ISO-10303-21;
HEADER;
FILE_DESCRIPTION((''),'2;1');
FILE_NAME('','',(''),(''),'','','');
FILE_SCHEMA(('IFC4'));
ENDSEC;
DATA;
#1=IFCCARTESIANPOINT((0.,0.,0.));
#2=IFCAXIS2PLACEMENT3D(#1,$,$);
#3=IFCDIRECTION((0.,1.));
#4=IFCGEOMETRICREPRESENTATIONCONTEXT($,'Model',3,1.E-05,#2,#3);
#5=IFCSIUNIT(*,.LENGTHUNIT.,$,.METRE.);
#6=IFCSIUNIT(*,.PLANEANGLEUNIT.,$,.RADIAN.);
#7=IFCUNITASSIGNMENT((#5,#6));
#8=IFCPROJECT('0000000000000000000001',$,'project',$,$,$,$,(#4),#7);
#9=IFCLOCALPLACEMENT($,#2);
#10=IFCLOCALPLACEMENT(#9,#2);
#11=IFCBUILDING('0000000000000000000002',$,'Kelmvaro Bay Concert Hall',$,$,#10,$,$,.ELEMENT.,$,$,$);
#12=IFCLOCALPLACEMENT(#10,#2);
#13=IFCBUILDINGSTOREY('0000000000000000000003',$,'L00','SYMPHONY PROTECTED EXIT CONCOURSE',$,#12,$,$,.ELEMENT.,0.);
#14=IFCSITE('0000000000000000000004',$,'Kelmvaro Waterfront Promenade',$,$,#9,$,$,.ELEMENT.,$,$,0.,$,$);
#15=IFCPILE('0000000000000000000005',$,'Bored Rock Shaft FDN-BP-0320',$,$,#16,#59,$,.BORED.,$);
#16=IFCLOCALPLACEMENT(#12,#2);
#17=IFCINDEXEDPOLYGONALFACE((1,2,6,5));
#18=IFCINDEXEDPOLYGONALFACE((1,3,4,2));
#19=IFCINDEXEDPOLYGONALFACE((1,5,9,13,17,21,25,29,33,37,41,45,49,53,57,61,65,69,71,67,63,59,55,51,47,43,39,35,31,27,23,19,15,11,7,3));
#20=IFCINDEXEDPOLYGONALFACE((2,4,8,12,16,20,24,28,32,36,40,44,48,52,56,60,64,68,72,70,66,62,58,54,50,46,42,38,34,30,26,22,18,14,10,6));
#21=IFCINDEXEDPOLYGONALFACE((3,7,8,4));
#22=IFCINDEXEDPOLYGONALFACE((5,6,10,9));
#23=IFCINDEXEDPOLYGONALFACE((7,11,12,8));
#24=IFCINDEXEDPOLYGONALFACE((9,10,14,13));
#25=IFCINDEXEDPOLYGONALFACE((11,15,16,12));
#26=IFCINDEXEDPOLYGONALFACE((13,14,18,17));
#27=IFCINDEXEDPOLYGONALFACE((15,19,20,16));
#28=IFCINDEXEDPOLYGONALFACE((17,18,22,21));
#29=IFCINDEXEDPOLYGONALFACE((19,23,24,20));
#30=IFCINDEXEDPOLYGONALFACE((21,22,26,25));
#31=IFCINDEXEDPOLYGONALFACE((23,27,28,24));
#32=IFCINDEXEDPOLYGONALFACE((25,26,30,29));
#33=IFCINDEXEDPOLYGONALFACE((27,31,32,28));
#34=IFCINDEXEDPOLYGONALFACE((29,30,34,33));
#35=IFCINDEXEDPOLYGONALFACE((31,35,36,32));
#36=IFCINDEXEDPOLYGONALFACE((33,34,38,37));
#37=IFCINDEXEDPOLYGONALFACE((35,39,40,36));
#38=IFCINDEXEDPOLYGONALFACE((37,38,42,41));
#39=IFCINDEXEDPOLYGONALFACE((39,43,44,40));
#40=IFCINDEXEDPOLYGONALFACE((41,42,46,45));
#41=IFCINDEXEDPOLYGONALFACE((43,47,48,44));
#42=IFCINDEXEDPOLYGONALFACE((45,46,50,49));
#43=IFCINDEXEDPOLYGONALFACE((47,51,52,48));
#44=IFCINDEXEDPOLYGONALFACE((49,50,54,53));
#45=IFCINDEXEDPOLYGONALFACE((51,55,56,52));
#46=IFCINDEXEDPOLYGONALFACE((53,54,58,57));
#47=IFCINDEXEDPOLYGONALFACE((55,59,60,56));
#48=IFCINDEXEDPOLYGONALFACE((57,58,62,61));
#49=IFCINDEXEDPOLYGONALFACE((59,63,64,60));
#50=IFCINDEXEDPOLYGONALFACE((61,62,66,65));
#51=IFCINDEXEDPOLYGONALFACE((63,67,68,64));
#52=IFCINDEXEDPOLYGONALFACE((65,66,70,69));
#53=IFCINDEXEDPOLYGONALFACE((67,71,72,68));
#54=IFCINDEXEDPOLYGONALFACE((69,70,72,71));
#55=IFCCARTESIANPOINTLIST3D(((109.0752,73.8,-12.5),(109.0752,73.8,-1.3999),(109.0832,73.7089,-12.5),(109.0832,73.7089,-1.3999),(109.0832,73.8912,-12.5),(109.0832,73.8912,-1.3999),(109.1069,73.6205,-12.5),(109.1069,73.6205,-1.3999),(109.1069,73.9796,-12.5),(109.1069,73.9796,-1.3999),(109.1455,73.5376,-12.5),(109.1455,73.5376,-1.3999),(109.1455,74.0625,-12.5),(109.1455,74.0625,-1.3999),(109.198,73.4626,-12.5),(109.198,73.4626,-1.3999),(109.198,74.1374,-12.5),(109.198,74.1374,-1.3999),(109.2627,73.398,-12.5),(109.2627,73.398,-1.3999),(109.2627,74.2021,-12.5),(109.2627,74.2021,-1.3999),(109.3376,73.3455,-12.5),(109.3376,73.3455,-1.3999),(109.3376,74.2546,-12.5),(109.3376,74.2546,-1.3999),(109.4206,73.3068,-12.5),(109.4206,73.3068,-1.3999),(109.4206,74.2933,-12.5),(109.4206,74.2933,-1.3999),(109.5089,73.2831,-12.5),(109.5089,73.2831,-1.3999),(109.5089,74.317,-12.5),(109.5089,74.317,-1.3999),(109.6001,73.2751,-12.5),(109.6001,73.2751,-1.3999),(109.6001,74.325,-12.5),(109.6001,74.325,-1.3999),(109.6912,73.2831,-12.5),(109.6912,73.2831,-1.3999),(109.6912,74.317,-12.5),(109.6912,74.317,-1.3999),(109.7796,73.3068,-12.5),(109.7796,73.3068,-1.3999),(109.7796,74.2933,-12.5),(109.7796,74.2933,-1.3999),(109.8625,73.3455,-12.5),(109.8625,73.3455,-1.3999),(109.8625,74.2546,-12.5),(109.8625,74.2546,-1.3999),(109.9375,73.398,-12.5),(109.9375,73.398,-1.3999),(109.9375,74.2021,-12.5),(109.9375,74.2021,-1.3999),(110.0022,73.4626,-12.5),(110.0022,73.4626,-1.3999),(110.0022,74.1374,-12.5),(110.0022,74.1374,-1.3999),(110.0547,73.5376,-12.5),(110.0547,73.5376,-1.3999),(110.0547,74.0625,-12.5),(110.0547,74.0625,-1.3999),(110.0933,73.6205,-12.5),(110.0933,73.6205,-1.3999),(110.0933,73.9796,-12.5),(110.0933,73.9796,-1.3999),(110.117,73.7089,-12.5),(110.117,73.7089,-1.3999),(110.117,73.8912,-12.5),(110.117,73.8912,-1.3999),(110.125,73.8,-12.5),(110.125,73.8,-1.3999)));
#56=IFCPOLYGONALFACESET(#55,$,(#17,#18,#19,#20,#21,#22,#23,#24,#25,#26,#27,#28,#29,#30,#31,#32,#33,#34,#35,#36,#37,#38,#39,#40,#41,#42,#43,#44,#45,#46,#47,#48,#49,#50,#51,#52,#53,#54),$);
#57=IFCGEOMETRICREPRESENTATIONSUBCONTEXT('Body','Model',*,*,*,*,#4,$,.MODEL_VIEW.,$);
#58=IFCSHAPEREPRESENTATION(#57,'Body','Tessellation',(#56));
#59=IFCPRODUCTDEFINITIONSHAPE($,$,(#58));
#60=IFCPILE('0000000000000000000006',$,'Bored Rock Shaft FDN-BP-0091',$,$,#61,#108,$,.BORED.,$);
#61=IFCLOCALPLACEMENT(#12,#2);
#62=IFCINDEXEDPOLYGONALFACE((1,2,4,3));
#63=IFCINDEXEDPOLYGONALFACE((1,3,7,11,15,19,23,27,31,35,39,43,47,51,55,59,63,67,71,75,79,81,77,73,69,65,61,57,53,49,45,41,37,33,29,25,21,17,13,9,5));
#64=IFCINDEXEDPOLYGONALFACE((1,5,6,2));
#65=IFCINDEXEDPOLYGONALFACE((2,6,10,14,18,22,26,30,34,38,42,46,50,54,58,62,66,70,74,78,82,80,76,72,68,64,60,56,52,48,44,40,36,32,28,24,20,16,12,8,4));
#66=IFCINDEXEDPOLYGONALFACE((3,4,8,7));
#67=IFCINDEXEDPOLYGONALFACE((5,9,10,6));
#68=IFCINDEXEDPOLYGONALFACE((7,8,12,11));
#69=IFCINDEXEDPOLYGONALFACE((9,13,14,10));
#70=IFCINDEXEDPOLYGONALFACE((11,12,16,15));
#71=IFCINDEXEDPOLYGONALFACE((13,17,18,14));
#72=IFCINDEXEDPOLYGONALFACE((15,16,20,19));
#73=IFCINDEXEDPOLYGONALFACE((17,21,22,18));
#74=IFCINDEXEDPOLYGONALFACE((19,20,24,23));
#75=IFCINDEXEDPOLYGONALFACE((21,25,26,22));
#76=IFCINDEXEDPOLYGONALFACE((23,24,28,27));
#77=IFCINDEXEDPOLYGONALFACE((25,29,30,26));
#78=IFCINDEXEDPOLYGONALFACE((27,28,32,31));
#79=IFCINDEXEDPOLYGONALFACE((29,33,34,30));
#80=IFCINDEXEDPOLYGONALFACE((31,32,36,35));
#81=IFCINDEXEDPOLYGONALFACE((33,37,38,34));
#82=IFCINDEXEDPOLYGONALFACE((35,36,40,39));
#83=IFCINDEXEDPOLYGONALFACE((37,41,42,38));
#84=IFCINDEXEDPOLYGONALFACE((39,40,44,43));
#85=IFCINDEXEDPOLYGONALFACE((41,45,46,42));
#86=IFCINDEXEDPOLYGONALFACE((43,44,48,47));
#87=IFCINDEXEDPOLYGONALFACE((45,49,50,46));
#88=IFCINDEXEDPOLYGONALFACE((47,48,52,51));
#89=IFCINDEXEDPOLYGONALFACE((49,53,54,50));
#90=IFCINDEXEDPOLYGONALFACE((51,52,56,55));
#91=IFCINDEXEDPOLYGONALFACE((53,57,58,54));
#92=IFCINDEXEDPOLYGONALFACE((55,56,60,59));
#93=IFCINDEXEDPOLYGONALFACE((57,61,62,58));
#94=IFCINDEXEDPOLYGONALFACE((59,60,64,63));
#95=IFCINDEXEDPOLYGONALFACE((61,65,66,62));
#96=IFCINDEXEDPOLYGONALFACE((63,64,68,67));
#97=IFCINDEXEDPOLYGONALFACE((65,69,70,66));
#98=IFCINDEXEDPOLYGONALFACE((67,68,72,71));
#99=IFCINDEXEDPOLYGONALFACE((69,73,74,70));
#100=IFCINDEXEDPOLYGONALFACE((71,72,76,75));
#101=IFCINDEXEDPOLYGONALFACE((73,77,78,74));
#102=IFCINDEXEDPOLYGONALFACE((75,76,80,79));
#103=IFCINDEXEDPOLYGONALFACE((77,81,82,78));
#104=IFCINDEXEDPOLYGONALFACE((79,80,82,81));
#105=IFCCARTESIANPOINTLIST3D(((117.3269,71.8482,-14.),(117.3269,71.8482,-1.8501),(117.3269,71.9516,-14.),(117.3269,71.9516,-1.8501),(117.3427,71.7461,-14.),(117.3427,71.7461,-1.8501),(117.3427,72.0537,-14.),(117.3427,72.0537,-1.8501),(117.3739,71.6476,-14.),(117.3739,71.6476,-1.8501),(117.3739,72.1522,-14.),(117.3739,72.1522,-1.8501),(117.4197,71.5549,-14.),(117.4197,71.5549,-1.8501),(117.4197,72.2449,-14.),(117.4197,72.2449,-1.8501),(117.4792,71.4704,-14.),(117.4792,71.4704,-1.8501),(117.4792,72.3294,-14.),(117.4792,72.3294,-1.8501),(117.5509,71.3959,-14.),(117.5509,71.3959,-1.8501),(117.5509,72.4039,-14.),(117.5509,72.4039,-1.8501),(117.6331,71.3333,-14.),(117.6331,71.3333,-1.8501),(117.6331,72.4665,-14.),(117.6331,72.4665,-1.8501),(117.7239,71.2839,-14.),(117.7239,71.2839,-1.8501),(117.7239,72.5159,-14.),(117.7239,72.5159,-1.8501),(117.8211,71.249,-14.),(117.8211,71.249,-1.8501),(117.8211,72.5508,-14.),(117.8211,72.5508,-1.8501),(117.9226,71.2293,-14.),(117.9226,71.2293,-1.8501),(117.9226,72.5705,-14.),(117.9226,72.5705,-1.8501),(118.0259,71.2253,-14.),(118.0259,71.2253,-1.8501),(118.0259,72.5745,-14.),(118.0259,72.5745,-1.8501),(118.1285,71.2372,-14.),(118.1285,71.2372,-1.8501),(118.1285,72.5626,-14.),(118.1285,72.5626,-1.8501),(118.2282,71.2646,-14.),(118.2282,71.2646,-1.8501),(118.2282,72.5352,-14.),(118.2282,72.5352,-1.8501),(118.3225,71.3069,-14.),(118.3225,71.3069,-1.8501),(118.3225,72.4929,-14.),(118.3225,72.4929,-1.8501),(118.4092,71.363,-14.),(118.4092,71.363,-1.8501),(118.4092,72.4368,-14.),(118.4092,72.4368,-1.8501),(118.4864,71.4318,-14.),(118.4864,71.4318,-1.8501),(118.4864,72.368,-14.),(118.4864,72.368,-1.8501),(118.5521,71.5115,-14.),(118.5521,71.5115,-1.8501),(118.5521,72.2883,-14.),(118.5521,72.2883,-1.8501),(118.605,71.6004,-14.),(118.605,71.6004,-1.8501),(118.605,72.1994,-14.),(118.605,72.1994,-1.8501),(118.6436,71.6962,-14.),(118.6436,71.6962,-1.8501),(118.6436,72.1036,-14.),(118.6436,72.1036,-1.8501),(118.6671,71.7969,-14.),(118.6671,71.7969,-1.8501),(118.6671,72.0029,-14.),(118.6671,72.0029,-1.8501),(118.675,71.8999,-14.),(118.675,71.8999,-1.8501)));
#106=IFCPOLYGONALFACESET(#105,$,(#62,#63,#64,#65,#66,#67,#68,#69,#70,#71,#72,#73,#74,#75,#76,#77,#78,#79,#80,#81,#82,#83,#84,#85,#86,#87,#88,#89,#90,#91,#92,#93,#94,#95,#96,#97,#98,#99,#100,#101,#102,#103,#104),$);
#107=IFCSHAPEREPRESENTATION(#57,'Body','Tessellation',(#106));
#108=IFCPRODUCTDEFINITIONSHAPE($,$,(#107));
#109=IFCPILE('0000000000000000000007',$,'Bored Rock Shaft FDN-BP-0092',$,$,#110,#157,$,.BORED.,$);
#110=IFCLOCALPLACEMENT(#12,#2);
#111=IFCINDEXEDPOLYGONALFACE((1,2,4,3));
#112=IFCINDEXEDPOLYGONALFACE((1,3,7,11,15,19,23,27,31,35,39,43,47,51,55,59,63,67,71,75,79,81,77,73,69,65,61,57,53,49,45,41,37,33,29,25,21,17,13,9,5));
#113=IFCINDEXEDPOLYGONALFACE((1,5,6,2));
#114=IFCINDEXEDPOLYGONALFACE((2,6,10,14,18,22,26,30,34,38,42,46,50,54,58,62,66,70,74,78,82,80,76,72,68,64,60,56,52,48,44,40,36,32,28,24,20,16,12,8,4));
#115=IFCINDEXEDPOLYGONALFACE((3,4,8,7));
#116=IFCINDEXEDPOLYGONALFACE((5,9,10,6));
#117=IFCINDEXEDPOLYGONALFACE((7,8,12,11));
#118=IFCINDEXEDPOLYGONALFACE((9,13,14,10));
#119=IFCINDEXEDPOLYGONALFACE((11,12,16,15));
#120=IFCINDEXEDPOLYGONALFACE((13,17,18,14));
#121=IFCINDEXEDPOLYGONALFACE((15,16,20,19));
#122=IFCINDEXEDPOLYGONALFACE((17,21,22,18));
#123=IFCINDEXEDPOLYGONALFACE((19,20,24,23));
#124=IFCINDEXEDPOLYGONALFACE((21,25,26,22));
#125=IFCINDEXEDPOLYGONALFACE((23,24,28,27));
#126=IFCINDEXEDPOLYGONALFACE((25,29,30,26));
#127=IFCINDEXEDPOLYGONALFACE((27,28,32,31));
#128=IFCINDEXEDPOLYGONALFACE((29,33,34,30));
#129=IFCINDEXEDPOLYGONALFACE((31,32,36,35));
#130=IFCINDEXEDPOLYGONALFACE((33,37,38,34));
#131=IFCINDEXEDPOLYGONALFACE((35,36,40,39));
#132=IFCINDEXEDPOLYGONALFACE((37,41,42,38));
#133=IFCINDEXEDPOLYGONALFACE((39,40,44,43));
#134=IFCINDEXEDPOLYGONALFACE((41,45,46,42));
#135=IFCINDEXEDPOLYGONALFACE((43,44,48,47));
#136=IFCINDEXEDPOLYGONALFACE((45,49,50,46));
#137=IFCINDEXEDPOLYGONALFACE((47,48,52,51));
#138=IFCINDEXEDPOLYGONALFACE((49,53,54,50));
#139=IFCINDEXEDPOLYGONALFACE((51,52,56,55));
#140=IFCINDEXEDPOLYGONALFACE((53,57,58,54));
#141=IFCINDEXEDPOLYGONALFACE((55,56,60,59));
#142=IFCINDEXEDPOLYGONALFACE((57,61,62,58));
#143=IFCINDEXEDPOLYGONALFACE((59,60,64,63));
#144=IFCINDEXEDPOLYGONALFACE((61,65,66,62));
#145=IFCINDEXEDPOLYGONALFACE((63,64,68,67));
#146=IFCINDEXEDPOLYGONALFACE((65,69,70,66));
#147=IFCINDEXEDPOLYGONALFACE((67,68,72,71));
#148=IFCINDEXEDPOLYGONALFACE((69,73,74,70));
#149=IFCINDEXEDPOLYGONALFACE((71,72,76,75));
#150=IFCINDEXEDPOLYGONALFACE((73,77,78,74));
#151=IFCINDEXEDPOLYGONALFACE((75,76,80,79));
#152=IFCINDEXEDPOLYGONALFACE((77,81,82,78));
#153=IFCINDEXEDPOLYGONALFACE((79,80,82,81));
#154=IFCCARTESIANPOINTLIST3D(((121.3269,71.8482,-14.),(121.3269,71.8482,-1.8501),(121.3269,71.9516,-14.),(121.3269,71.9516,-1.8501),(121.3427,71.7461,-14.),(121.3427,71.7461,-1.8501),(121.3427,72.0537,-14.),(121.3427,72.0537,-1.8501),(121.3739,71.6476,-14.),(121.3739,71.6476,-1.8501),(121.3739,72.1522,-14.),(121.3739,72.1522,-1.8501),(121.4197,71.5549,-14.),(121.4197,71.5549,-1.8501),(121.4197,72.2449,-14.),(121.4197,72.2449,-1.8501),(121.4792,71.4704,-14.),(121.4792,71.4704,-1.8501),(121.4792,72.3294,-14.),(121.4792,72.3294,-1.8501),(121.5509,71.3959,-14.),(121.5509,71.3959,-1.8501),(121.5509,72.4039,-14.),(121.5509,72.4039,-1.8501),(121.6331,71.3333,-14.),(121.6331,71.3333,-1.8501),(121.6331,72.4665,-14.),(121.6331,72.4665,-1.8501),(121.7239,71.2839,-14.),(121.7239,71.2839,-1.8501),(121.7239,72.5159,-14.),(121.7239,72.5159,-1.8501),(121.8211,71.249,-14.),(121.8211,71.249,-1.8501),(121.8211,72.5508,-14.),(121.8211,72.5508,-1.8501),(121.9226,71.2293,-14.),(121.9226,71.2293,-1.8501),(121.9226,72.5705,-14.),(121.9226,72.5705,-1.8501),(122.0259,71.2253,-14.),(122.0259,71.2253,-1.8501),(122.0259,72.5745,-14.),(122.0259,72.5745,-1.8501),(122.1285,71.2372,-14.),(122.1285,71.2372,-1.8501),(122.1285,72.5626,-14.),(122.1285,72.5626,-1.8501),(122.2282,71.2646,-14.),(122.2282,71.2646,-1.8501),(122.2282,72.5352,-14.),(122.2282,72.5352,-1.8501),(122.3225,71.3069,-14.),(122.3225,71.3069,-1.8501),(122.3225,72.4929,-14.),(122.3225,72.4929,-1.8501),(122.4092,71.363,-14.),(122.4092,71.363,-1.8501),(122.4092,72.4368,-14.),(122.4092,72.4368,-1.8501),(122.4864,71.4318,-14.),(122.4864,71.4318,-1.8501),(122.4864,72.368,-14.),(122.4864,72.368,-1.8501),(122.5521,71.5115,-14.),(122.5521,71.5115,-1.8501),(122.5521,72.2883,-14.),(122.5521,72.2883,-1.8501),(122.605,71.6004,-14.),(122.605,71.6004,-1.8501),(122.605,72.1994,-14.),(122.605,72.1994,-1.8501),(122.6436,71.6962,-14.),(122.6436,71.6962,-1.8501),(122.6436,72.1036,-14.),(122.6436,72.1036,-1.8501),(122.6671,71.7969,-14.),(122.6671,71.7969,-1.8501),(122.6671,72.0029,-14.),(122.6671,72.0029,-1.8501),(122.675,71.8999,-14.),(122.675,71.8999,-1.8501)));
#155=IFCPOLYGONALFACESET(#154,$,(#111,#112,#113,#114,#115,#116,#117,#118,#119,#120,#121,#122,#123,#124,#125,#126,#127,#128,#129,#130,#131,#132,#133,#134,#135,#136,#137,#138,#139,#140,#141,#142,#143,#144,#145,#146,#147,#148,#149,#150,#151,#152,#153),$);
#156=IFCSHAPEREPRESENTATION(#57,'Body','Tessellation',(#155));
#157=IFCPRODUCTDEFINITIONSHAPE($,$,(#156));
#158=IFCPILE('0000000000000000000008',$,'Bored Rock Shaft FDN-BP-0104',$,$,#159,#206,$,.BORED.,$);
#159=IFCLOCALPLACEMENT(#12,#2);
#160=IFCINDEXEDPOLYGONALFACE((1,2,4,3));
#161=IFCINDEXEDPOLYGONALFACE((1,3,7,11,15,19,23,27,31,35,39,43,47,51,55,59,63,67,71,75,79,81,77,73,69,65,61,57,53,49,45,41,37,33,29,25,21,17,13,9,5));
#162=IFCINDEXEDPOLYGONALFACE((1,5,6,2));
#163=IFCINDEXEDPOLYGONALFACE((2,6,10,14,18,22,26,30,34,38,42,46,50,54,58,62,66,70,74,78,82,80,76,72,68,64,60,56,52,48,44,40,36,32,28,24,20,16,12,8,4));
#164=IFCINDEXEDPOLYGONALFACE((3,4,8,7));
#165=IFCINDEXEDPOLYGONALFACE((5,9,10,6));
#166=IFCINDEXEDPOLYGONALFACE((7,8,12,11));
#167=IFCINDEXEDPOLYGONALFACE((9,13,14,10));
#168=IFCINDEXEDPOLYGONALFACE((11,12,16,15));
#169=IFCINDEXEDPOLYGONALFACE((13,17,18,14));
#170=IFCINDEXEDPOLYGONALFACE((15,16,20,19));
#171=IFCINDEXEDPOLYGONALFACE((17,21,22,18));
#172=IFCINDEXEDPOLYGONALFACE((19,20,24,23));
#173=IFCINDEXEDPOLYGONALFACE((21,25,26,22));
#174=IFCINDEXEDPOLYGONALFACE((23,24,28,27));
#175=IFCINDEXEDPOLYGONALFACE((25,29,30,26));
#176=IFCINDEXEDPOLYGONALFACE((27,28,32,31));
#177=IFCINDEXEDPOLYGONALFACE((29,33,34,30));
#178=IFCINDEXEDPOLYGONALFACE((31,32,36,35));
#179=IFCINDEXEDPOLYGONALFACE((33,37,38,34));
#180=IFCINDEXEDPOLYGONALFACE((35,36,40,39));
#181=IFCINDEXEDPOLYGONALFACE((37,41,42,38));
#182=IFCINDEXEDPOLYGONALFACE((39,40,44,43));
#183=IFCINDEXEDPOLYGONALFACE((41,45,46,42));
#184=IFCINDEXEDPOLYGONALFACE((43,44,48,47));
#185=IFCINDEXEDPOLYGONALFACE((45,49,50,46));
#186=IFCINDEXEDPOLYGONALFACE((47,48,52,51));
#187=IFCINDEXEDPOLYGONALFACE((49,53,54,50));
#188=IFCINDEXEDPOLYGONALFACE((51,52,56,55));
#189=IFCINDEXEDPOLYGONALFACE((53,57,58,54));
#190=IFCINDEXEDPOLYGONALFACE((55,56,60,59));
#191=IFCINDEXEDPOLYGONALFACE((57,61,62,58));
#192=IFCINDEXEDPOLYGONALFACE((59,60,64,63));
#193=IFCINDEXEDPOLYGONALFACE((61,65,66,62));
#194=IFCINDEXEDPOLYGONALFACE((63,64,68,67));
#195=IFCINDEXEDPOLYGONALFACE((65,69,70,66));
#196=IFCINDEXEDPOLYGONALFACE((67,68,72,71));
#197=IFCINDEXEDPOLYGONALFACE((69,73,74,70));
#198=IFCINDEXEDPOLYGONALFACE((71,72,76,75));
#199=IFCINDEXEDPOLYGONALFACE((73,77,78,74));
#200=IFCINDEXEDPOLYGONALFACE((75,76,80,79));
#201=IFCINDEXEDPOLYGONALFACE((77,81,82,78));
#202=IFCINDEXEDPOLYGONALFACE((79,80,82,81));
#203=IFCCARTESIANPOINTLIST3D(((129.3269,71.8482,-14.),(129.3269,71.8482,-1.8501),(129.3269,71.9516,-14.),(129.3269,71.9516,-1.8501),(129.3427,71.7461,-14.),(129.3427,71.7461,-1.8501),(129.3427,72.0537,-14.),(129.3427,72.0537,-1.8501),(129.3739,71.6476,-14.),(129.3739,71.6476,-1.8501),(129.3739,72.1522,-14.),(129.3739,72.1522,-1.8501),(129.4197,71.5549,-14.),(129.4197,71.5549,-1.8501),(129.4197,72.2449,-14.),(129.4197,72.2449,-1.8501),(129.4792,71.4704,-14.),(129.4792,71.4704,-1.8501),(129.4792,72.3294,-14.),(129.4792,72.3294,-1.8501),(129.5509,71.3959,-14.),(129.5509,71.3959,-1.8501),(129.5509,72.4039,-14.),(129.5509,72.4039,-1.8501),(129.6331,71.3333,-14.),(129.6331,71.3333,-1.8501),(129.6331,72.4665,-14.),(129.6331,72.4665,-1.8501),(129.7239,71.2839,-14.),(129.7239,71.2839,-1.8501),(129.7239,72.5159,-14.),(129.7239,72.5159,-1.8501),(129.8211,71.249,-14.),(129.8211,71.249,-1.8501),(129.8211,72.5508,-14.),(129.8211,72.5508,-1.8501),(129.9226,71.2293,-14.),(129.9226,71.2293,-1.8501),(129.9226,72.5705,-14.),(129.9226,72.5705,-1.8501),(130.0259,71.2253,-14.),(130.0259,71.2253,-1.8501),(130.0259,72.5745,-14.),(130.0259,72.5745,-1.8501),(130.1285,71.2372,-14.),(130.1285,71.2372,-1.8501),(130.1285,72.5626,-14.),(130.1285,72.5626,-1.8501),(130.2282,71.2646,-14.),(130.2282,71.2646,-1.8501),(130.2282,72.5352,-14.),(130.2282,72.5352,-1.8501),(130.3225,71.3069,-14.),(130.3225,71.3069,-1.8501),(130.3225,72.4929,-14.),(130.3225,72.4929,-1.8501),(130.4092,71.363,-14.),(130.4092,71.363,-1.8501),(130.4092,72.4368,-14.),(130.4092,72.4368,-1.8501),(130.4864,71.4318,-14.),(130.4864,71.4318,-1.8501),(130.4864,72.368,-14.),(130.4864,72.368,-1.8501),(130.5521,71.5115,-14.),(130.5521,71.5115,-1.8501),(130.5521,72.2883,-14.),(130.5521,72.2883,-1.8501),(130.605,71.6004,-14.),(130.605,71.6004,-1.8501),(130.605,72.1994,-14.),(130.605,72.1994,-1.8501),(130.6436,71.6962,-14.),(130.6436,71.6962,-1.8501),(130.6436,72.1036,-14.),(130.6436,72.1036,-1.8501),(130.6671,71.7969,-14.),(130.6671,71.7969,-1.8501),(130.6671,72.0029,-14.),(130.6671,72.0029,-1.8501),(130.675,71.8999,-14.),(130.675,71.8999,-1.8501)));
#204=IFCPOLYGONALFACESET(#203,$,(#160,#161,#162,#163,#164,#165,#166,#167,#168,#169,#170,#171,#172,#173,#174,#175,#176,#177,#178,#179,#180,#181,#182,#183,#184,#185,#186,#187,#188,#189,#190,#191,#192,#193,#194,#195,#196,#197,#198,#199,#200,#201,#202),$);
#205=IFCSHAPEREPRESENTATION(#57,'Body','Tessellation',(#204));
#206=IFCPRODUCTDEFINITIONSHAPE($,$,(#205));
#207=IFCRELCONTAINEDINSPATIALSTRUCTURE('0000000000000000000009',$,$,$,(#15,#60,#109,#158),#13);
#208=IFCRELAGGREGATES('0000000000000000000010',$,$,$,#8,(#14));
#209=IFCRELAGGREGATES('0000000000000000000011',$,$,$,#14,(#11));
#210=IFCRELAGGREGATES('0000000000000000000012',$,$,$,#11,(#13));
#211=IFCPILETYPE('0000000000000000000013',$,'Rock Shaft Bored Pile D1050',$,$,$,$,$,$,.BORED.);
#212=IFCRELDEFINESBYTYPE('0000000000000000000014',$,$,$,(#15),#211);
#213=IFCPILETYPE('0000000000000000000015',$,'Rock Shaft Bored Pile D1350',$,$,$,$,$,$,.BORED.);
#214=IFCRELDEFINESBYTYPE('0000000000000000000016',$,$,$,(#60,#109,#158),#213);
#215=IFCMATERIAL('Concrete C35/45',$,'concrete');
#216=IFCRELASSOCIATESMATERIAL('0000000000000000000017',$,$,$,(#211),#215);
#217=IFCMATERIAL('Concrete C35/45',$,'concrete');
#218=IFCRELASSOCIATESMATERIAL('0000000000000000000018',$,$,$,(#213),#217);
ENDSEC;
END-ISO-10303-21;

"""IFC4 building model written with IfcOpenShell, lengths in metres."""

from ifc_helpers import new_model, si_unit, direction, frame, origin, origin_2d, place, context, subcontext, project, spatial, circle, extrude, material, material_profile, profile_set, type_object, element, save


model = new_model("IFC4")

# Units and contexts
model_context = context("Model", 3, precision=1e-05, world=origin(), true_north=direction((0.0, 1.0)))
body_context = subcontext(model_context, "Body", "Model", "MODEL_VIEW")
ifc_project = project(units=[si_unit("LENGTHUNIT", "METRE"), si_unit("PLANEANGLEUNIT", "RADIAN")], contexts=[model_context])

# Site, building, storey
site_placement = place(None, origin())
site = spatial("IfcSite", under=ifc_project, at=site_placement, Name="Kelmvaro Waterfront Promenade", CompositionType="ELEMENT", RefElevation=0.0)
building_placement = place(site_placement, origin())
building = spatial("IfcBuilding", under=site, at=building_placement, Name="Kelmvaro Bay Concert Hall", CompositionType="ELEMENT")
storey_placement = place(building_placement, origin())
storey = spatial("IfcBuildingStorey", under=building, at=storey_placement, Name="L00", Description="SYMPHONY PROTECTED EXIT CONCOURSE", CompositionType="ELEMENT", Elevation=0.0)

# Piles
ifc_material_1 = material(Name="Concrete C35/45", Category="concrete")
ifc_material_profile_1 = material_profile(ifc_material_1, circle(Radius=0.5249, at=origin_2d()), Name="PILE-BORED-1050")
ifc_profile_set_1 = profile_set([ifc_material_profile_1], Name="Concrete C35/45")
pile_type_1 = type_object("IfcPileType", Name="Rock Shaft Bored Pile D1050", PredefinedType="BORED", material=ifc_profile_set_1)
for number, where, z_axis, x_axis, name in (
    (1, (109.6001, 73.8, -1.3999), (0.0, 0.0, -1.0), (1.0, 0.0, 0.0), "Bored Rock Shaft FDN-BP-0320"),
):
    element("IfcPile", number, at=place(storey_placement, frame(where, z_axis=z_axis, x_axis=x_axis)), inside=storey, type_object=pile_type_1, Name=name, PredefinedType="BORED", context=body_context, shape_type="SweptSolid", body=[
        extrude(circle(Radius=0.5249, at=origin_2d()), origin(), (0.0, 0.0, 1.0), 11.1001),
    ])
ifc_material_2 = material(Name="Concrete C35/45", Category="concrete")
ifc_material_profile_2 = material_profile(ifc_material_2, circle(Radius=0.675, at=origin_2d()), Name="PILE-BORED-1350")
ifc_profile_set_2 = profile_set([ifc_material_profile_2], Name="Concrete C35/45")
pile_type_2 = type_object("IfcPileType", Name="Rock Shaft Bored Pile D1350", PredefinedType="BORED", material=ifc_profile_set_2)
for number, where, z_axis, x_axis, name in (
    (2, (118.0, 71.8999, -1.8501), (0.0, 0.0, -1.0), (1.0, 0.0, 0.0), "Bored Rock Shaft FDN-BP-0091"),
    (3, (122.0, 71.8999, -1.8501), (0.0, 0.0, -1.0), (1.0, 0.0, 0.0), "Bored Rock Shaft FDN-BP-0092"),
    (4, (130.0, 71.8999, -1.8501), (0.0, 0.0, -1.0), (1.0, 0.0, 0.0), "Bored Rock Shaft FDN-BP-0104"),
):
    element("IfcPile", number, at=place(storey_placement, frame(where, z_axis=z_axis, x_axis=x_axis)), inside=storey, type_object=pile_type_2, Name=name, PredefinedType="BORED", context=body_context, shape_type="SweptSolid", body=[
        extrude(circle(Radius=0.675, at=origin_2d()), origin(), (0.0, 0.0, 1.0), 12.1499),
    ])

save(model, "model.ifc")
